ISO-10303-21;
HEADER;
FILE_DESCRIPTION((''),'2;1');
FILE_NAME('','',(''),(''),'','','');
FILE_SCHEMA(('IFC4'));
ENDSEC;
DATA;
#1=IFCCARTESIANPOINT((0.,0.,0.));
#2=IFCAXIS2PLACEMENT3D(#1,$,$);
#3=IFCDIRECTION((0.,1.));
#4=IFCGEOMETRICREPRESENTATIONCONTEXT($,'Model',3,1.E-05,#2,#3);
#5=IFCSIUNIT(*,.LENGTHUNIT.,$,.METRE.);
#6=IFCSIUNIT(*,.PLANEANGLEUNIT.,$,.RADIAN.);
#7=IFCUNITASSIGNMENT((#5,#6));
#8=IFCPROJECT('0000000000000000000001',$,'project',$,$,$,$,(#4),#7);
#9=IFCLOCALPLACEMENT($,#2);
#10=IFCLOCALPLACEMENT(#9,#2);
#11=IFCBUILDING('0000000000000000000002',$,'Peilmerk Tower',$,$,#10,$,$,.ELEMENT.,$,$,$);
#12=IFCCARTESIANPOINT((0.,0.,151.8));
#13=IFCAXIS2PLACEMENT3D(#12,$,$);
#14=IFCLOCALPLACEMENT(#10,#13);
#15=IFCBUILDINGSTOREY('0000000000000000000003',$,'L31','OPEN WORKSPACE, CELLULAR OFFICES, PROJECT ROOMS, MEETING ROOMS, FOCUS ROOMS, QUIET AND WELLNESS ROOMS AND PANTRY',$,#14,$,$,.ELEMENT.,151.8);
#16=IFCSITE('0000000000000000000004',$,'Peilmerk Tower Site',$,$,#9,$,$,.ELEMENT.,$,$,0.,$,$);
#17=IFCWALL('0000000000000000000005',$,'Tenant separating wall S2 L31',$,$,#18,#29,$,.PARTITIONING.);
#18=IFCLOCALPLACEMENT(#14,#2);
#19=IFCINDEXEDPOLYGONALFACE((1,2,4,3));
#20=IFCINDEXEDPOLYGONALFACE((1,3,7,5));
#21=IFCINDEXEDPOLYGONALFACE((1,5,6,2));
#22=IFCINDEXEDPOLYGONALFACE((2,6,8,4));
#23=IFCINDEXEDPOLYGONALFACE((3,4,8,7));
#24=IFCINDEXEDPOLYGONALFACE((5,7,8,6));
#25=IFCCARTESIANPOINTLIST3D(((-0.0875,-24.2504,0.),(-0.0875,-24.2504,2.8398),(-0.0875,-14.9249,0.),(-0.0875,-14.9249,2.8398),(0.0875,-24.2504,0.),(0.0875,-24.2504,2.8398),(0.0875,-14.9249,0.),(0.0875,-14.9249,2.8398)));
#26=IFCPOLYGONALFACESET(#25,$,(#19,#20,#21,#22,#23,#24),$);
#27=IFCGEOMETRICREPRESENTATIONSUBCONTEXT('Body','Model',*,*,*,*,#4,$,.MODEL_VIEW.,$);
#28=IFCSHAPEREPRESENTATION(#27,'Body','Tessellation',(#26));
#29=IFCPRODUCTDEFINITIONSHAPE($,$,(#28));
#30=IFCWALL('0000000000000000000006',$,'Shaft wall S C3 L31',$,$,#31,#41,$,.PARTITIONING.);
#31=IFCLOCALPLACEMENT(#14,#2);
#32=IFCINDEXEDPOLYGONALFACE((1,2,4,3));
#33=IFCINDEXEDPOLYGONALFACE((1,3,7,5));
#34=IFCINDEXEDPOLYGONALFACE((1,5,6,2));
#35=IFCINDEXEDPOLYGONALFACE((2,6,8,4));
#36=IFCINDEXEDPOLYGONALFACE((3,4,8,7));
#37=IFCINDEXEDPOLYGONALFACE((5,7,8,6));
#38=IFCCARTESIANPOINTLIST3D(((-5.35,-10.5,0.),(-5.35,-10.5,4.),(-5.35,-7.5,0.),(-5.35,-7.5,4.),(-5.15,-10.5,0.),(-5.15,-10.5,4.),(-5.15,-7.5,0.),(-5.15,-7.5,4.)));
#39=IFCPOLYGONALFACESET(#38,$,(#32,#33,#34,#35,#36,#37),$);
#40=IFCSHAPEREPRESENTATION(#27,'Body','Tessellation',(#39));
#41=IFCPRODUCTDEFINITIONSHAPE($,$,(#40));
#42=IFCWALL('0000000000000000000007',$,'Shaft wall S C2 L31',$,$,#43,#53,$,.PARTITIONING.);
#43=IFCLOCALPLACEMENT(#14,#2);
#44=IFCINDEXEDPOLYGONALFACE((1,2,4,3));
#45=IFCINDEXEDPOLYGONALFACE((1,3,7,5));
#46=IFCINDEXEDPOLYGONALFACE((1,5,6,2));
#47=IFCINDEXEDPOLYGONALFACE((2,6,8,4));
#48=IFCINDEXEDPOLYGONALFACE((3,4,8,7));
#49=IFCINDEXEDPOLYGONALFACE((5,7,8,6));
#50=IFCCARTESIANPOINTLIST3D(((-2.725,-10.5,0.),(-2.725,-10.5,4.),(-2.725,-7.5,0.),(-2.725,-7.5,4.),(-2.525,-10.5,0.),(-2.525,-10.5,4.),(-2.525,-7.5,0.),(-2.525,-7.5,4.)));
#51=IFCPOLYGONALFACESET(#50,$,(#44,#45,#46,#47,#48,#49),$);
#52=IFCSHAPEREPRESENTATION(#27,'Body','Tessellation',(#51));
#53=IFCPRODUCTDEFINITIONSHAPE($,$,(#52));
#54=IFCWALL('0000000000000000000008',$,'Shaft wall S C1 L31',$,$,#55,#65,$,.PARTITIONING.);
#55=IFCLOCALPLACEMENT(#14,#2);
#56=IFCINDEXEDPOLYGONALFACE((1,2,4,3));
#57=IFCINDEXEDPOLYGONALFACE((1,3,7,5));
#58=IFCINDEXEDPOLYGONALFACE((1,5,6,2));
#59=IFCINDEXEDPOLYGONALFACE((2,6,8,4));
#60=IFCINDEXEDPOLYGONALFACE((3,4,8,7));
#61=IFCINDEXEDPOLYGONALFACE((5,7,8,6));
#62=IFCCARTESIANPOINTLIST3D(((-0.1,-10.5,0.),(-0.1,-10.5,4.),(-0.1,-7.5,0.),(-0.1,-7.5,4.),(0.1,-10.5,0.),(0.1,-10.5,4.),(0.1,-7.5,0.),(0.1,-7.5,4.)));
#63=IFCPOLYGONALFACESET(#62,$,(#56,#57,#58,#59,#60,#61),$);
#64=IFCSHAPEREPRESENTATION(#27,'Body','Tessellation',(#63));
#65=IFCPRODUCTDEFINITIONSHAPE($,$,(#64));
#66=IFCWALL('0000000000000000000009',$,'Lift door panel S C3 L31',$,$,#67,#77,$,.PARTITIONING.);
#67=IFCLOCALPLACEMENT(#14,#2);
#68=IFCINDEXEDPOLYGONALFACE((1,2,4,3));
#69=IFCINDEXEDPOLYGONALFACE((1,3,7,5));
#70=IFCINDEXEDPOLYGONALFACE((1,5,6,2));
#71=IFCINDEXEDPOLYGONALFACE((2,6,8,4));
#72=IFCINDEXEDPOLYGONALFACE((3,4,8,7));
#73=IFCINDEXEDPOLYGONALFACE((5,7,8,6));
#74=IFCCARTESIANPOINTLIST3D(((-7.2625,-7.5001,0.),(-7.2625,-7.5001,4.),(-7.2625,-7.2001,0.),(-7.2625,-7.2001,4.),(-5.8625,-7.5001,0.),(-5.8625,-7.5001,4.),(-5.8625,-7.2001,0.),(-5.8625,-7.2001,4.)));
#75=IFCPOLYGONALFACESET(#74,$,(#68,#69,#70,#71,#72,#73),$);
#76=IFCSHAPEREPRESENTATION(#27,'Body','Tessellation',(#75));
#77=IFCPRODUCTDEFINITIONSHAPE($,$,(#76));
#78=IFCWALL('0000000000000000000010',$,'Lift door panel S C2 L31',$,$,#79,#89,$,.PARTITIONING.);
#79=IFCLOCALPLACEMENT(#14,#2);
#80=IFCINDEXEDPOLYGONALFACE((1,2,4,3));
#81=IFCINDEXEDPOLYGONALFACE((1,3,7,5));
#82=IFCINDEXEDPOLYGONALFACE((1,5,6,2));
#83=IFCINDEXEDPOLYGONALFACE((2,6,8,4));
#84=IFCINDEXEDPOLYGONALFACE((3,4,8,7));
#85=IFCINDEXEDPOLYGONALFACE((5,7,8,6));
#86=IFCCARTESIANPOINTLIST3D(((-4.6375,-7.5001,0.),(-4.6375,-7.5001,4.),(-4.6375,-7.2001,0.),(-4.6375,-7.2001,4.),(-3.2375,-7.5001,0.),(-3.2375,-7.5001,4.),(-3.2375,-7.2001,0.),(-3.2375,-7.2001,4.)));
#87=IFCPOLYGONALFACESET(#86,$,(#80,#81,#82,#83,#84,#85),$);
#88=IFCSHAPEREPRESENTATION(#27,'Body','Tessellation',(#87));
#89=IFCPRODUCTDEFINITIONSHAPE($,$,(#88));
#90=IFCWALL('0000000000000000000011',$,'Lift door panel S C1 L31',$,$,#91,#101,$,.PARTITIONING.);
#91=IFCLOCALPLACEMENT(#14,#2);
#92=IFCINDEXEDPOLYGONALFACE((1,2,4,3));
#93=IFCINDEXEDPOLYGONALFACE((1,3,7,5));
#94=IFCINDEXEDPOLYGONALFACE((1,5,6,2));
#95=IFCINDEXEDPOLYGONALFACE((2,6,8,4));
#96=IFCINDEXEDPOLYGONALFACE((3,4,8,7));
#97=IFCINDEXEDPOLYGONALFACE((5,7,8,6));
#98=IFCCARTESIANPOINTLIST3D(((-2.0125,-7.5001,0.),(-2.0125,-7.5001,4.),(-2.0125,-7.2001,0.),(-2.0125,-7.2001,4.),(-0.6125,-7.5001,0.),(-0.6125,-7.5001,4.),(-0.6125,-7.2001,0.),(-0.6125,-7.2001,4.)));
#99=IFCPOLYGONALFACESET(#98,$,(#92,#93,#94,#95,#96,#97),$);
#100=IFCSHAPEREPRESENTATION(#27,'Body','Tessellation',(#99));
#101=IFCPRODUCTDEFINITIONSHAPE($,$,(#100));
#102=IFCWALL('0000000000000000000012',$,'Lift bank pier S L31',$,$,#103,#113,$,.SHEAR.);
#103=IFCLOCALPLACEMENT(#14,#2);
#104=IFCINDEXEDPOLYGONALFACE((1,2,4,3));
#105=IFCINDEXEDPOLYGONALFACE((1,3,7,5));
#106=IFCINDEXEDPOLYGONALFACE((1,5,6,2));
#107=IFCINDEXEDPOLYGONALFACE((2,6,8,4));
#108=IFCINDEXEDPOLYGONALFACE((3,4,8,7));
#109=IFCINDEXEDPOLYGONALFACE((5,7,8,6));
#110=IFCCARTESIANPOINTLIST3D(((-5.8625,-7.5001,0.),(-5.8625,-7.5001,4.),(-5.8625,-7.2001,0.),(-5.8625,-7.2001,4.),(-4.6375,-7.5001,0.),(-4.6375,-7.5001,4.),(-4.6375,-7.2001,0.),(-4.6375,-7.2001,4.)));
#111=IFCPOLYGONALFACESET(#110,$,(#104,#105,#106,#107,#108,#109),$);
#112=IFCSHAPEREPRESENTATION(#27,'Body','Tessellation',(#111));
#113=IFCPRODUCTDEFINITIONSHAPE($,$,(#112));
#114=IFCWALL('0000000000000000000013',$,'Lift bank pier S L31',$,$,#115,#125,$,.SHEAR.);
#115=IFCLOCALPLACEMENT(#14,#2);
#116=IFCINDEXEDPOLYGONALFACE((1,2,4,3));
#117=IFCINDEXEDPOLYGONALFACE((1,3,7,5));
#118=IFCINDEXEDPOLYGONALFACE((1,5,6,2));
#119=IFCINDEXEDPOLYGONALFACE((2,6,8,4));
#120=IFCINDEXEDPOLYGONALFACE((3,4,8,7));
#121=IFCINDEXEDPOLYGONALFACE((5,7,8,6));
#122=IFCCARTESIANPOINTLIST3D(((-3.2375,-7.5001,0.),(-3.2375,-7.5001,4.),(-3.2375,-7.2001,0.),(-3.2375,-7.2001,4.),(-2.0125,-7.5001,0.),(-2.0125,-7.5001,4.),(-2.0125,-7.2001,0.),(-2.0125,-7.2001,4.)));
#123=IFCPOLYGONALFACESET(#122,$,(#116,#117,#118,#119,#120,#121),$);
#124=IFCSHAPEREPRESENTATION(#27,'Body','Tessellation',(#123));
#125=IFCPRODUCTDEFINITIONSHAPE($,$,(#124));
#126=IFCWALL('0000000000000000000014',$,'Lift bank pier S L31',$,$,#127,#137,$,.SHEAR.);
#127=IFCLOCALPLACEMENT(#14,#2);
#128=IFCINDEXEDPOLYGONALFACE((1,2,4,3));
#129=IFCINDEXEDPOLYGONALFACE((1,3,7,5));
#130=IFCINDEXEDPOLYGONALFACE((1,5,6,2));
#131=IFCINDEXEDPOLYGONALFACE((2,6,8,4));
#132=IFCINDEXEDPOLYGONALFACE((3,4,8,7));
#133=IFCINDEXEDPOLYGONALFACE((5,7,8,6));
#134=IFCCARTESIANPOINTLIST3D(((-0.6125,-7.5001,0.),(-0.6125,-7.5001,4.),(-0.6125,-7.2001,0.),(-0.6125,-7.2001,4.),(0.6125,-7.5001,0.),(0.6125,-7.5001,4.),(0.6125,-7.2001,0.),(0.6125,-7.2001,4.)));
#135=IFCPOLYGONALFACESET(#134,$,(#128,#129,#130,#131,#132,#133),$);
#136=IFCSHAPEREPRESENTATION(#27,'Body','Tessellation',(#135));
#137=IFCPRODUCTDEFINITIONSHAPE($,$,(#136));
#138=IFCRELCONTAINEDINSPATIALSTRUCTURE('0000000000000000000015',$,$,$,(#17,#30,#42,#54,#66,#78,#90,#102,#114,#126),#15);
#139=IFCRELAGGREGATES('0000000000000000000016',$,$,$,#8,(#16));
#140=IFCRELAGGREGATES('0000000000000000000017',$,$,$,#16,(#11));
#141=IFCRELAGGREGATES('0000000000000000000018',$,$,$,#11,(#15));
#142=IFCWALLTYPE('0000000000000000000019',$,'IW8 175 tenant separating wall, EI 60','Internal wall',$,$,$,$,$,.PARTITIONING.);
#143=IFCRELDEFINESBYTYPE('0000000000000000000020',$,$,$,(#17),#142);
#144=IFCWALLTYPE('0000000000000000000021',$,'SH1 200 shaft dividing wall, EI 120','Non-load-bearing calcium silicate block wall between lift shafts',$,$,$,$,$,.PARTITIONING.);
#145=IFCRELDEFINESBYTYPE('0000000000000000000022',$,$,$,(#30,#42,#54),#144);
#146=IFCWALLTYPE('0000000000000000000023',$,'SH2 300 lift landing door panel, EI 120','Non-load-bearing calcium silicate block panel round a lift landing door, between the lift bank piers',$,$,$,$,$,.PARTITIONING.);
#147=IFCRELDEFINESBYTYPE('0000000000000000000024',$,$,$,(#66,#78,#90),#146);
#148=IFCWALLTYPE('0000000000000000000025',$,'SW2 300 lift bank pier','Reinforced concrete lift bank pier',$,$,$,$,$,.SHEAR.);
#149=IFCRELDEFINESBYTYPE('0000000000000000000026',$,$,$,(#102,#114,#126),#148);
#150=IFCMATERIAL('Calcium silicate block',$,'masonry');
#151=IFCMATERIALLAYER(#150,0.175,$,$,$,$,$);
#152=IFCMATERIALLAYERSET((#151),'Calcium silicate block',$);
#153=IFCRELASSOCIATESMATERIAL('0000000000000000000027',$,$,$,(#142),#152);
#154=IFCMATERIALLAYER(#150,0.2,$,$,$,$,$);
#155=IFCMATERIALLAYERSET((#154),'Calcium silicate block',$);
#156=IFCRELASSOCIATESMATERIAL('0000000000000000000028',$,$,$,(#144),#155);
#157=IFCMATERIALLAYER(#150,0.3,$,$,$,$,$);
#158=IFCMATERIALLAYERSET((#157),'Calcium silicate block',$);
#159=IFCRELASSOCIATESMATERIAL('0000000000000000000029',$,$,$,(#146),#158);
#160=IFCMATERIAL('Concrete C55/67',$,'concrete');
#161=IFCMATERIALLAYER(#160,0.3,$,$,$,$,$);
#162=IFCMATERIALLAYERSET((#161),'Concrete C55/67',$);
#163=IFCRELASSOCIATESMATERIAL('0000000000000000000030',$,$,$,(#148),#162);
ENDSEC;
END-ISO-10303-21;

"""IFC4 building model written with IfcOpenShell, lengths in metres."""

from ifc_helpers import new_model, si_unit, direction, frame, frame_2d, origin, place, context, subcontext, project, spatial, rectangle, extrude, material, layer, layer_set, type_object, element, save


model = new_model("IFC4")

# Units and contexts
model_context = context("Model", 3, precision=1e-05, world=origin(), true_north=direction((0.0, 1.0)))
body_context = subcontext(model_context, "Body", "Model", "MODEL_VIEW")
ifc_project = project(units=[si_unit("LENGTHUNIT", "METRE"), si_unit("PLANEANGLEUNIT", "RADIAN")], contexts=[model_context])

# Site, building, storey
site_placement = place(None, origin())
site = spatial("IfcSite", under=ifc_project, at=site_placement, Name="Peilmerk Tower Site", CompositionType="ELEMENT", RefElevation=0.0)
building_placement = place(site_placement, origin())
building = spatial("IfcBuilding", under=site, at=building_placement, Name="Peilmerk Tower", CompositionType="ELEMENT")
storey_placement = place(building_placement, frame((0.0, 0.0, 151.8)))
storey = spatial("IfcBuildingStorey", under=building, at=storey_placement, Name="L31", Description="OPEN WORKSPACE, CELLULAR OFFICES, PROJECT ROOMS, MEETING ROOMS, FOCUS ROOMS, QUIET AND WELLNESS ROOMS AND PANTRY", CompositionType="ELEMENT", Elevation=151.8)

# Walls
ifc_material_1 = material(Name="Calcium silicate block", Category="masonry")
ifc_layer_1 = layer(ifc_material_1, 0.175)
ifc_layer_set_1 = layer_set([ifc_layer_1], Name="Calcium silicate block")
wall_type_1 = type_object("IfcWallType", Name="IW8 175 tenant separating wall, EI 60", Description="Internal wall", PredefinedType="PARTITIONING", material=ifc_layer_set_1)
wall_1_placement = place(storey_placement, frame((0.0, -14.925, 0.0), z_axis=(0.0, 0.0, 1.0), x_axis=(0.0, -1.0, 0.0)))
element("IfcWall", 1, at=wall_1_placement, inside=storey, type_object=wall_type_1, Name="Tenant separating wall S2 L31", PredefinedType="PARTITIONING", context=body_context, shape_type="SweptSolid", body=[
    extrude(rectangle(XDim=9.3254, YDim=0.175, at=frame_2d((4.6626, 0.0))), origin(), (0.0, 0.0, 1.0), 2.8398),
])
ifc_layer_2 = layer(ifc_material_1, 0.2)
ifc_layer_set_2 = layer_set([ifc_layer_2], Name="Calcium silicate block")
wall_type_2 = type_object("IfcWallType", Name="SH1 200 shaft dividing wall, EI 120", Description="Non-load-bearing calcium silicate block wall between lift shafts", PredefinedType="PARTITIONING", material=ifc_layer_set_2)
for number, where, z_axis, x_axis, name in (
    (2, (-5.25, -10.5, 0.0), (0.0, 0.0, 1.0), (0.0, 1.0, 0.0), "Shaft wall S C3 L31"),
    (3, (-2.625, -10.5, 0.0), (0.0, 0.0, 1.0), (0.0, 1.0, 0.0), "Shaft wall S C2 L31"),
    (4, (0.0, -10.5, 0.0), (0.0, 0.0, 1.0), (0.0, 1.0, 0.0), "Shaft wall S C1 L31"),
):
    element("IfcWall", number, at=place(storey_placement, frame(where, z_axis=z_axis, x_axis=x_axis)), inside=storey, type_object=wall_type_2, Name=name, PredefinedType="PARTITIONING", context=body_context, shape_type="SweptSolid", body=[
        extrude(rectangle(XDim=3.0, YDim=0.2, at=frame_2d((1.5, 0.0))), origin(), (0.0, 0.0, 1.0), 4.0),
    ])
ifc_layer_3 = layer(ifc_material_1, 0.3)
ifc_layer_set_3 = layer_set([ifc_layer_3], Name="Calcium silicate block")
wall_type_3 = type_object("IfcWallType", Name="SH2 300 lift landing door panel, EI 120", Description="Non-load-bearing calcium silicate block panel round a lift landing door, between the lift bank piers", PredefinedType="PARTITIONING", material=ifc_layer_set_3)
for number, where, z_axis, x_axis, name in (
    (5, (-7.2625, -7.3501, 0.0), (0.0, 0.0, 1.0), (1.0, 0.0, 0.0), "Lift door panel S C3 L31"),
    (6, (-4.6375, -7.3501, 0.0), (0.0, 0.0, 1.0), (1.0, 0.0, 0.0), "Lift door panel S C2 L31"),
    (7, (-2.0125, -7.3501, 0.0), (0.0, 0.0, 1.0), (1.0, 0.0, 0.0), "Lift door panel S C1 L31"),
):
    element("IfcWall", number, at=place(storey_placement, frame(where, z_axis=z_axis, x_axis=x_axis)), inside=storey, type_object=wall_type_3, Name=name, PredefinedType="PARTITIONING", context=body_context, shape_type="SweptSolid", body=[
        extrude(rectangle(XDim=1.3999, YDim=0.3, at=frame_2d((0.7, 0.0))), origin(), (0.0, 0.0, 1.0), 4.0),
    ])
ifc_material_2 = material(Name="Concrete C55/67", Category="concrete")
ifc_layer_4 = layer(ifc_material_2, 0.3)
ifc_layer_set_4 = layer_set([ifc_layer_4], Name="Concrete C55/67")
wall_type_4 = type_object("IfcWallType", Name="SW2 300 lift bank pier", Description="Reinforced concrete lift bank pier", PredefinedType="SHEAR", material=ifc_layer_set_4)
for number, where, z_axis, x_axis, name in (
    (8, (-5.8625, -7.3501, 0.0), (0.0, 0.0, 1.0), (1.0, 0.0, 0.0), "Lift bank pier S L31"),
    (9, (-3.2375, -7.3501, 0.0), (0.0, 0.0, 1.0), (1.0, 0.0, 0.0), "Lift bank pier S L31"),
    (10, (-0.6125, -7.3501, 0.0), (0.0, 0.0, 1.0), (1.0, 0.0, 0.0), "Lift bank pier S L31"),
):
    element("IfcWall", number, at=place(storey_placement, frame(where, z_axis=z_axis, x_axis=x_axis)), inside=storey, type_object=wall_type_4, Name=name, PredefinedType="SHEAR", context=body_context, shape_type="SweptSolid", body=[
        extrude(rectangle(XDim=1.2251, YDim=0.3, at=frame_2d((0.6125, 0.0))), origin(), (0.0, 0.0, 1.0), 4.0),
    ])

save(model, "model.ifc")
